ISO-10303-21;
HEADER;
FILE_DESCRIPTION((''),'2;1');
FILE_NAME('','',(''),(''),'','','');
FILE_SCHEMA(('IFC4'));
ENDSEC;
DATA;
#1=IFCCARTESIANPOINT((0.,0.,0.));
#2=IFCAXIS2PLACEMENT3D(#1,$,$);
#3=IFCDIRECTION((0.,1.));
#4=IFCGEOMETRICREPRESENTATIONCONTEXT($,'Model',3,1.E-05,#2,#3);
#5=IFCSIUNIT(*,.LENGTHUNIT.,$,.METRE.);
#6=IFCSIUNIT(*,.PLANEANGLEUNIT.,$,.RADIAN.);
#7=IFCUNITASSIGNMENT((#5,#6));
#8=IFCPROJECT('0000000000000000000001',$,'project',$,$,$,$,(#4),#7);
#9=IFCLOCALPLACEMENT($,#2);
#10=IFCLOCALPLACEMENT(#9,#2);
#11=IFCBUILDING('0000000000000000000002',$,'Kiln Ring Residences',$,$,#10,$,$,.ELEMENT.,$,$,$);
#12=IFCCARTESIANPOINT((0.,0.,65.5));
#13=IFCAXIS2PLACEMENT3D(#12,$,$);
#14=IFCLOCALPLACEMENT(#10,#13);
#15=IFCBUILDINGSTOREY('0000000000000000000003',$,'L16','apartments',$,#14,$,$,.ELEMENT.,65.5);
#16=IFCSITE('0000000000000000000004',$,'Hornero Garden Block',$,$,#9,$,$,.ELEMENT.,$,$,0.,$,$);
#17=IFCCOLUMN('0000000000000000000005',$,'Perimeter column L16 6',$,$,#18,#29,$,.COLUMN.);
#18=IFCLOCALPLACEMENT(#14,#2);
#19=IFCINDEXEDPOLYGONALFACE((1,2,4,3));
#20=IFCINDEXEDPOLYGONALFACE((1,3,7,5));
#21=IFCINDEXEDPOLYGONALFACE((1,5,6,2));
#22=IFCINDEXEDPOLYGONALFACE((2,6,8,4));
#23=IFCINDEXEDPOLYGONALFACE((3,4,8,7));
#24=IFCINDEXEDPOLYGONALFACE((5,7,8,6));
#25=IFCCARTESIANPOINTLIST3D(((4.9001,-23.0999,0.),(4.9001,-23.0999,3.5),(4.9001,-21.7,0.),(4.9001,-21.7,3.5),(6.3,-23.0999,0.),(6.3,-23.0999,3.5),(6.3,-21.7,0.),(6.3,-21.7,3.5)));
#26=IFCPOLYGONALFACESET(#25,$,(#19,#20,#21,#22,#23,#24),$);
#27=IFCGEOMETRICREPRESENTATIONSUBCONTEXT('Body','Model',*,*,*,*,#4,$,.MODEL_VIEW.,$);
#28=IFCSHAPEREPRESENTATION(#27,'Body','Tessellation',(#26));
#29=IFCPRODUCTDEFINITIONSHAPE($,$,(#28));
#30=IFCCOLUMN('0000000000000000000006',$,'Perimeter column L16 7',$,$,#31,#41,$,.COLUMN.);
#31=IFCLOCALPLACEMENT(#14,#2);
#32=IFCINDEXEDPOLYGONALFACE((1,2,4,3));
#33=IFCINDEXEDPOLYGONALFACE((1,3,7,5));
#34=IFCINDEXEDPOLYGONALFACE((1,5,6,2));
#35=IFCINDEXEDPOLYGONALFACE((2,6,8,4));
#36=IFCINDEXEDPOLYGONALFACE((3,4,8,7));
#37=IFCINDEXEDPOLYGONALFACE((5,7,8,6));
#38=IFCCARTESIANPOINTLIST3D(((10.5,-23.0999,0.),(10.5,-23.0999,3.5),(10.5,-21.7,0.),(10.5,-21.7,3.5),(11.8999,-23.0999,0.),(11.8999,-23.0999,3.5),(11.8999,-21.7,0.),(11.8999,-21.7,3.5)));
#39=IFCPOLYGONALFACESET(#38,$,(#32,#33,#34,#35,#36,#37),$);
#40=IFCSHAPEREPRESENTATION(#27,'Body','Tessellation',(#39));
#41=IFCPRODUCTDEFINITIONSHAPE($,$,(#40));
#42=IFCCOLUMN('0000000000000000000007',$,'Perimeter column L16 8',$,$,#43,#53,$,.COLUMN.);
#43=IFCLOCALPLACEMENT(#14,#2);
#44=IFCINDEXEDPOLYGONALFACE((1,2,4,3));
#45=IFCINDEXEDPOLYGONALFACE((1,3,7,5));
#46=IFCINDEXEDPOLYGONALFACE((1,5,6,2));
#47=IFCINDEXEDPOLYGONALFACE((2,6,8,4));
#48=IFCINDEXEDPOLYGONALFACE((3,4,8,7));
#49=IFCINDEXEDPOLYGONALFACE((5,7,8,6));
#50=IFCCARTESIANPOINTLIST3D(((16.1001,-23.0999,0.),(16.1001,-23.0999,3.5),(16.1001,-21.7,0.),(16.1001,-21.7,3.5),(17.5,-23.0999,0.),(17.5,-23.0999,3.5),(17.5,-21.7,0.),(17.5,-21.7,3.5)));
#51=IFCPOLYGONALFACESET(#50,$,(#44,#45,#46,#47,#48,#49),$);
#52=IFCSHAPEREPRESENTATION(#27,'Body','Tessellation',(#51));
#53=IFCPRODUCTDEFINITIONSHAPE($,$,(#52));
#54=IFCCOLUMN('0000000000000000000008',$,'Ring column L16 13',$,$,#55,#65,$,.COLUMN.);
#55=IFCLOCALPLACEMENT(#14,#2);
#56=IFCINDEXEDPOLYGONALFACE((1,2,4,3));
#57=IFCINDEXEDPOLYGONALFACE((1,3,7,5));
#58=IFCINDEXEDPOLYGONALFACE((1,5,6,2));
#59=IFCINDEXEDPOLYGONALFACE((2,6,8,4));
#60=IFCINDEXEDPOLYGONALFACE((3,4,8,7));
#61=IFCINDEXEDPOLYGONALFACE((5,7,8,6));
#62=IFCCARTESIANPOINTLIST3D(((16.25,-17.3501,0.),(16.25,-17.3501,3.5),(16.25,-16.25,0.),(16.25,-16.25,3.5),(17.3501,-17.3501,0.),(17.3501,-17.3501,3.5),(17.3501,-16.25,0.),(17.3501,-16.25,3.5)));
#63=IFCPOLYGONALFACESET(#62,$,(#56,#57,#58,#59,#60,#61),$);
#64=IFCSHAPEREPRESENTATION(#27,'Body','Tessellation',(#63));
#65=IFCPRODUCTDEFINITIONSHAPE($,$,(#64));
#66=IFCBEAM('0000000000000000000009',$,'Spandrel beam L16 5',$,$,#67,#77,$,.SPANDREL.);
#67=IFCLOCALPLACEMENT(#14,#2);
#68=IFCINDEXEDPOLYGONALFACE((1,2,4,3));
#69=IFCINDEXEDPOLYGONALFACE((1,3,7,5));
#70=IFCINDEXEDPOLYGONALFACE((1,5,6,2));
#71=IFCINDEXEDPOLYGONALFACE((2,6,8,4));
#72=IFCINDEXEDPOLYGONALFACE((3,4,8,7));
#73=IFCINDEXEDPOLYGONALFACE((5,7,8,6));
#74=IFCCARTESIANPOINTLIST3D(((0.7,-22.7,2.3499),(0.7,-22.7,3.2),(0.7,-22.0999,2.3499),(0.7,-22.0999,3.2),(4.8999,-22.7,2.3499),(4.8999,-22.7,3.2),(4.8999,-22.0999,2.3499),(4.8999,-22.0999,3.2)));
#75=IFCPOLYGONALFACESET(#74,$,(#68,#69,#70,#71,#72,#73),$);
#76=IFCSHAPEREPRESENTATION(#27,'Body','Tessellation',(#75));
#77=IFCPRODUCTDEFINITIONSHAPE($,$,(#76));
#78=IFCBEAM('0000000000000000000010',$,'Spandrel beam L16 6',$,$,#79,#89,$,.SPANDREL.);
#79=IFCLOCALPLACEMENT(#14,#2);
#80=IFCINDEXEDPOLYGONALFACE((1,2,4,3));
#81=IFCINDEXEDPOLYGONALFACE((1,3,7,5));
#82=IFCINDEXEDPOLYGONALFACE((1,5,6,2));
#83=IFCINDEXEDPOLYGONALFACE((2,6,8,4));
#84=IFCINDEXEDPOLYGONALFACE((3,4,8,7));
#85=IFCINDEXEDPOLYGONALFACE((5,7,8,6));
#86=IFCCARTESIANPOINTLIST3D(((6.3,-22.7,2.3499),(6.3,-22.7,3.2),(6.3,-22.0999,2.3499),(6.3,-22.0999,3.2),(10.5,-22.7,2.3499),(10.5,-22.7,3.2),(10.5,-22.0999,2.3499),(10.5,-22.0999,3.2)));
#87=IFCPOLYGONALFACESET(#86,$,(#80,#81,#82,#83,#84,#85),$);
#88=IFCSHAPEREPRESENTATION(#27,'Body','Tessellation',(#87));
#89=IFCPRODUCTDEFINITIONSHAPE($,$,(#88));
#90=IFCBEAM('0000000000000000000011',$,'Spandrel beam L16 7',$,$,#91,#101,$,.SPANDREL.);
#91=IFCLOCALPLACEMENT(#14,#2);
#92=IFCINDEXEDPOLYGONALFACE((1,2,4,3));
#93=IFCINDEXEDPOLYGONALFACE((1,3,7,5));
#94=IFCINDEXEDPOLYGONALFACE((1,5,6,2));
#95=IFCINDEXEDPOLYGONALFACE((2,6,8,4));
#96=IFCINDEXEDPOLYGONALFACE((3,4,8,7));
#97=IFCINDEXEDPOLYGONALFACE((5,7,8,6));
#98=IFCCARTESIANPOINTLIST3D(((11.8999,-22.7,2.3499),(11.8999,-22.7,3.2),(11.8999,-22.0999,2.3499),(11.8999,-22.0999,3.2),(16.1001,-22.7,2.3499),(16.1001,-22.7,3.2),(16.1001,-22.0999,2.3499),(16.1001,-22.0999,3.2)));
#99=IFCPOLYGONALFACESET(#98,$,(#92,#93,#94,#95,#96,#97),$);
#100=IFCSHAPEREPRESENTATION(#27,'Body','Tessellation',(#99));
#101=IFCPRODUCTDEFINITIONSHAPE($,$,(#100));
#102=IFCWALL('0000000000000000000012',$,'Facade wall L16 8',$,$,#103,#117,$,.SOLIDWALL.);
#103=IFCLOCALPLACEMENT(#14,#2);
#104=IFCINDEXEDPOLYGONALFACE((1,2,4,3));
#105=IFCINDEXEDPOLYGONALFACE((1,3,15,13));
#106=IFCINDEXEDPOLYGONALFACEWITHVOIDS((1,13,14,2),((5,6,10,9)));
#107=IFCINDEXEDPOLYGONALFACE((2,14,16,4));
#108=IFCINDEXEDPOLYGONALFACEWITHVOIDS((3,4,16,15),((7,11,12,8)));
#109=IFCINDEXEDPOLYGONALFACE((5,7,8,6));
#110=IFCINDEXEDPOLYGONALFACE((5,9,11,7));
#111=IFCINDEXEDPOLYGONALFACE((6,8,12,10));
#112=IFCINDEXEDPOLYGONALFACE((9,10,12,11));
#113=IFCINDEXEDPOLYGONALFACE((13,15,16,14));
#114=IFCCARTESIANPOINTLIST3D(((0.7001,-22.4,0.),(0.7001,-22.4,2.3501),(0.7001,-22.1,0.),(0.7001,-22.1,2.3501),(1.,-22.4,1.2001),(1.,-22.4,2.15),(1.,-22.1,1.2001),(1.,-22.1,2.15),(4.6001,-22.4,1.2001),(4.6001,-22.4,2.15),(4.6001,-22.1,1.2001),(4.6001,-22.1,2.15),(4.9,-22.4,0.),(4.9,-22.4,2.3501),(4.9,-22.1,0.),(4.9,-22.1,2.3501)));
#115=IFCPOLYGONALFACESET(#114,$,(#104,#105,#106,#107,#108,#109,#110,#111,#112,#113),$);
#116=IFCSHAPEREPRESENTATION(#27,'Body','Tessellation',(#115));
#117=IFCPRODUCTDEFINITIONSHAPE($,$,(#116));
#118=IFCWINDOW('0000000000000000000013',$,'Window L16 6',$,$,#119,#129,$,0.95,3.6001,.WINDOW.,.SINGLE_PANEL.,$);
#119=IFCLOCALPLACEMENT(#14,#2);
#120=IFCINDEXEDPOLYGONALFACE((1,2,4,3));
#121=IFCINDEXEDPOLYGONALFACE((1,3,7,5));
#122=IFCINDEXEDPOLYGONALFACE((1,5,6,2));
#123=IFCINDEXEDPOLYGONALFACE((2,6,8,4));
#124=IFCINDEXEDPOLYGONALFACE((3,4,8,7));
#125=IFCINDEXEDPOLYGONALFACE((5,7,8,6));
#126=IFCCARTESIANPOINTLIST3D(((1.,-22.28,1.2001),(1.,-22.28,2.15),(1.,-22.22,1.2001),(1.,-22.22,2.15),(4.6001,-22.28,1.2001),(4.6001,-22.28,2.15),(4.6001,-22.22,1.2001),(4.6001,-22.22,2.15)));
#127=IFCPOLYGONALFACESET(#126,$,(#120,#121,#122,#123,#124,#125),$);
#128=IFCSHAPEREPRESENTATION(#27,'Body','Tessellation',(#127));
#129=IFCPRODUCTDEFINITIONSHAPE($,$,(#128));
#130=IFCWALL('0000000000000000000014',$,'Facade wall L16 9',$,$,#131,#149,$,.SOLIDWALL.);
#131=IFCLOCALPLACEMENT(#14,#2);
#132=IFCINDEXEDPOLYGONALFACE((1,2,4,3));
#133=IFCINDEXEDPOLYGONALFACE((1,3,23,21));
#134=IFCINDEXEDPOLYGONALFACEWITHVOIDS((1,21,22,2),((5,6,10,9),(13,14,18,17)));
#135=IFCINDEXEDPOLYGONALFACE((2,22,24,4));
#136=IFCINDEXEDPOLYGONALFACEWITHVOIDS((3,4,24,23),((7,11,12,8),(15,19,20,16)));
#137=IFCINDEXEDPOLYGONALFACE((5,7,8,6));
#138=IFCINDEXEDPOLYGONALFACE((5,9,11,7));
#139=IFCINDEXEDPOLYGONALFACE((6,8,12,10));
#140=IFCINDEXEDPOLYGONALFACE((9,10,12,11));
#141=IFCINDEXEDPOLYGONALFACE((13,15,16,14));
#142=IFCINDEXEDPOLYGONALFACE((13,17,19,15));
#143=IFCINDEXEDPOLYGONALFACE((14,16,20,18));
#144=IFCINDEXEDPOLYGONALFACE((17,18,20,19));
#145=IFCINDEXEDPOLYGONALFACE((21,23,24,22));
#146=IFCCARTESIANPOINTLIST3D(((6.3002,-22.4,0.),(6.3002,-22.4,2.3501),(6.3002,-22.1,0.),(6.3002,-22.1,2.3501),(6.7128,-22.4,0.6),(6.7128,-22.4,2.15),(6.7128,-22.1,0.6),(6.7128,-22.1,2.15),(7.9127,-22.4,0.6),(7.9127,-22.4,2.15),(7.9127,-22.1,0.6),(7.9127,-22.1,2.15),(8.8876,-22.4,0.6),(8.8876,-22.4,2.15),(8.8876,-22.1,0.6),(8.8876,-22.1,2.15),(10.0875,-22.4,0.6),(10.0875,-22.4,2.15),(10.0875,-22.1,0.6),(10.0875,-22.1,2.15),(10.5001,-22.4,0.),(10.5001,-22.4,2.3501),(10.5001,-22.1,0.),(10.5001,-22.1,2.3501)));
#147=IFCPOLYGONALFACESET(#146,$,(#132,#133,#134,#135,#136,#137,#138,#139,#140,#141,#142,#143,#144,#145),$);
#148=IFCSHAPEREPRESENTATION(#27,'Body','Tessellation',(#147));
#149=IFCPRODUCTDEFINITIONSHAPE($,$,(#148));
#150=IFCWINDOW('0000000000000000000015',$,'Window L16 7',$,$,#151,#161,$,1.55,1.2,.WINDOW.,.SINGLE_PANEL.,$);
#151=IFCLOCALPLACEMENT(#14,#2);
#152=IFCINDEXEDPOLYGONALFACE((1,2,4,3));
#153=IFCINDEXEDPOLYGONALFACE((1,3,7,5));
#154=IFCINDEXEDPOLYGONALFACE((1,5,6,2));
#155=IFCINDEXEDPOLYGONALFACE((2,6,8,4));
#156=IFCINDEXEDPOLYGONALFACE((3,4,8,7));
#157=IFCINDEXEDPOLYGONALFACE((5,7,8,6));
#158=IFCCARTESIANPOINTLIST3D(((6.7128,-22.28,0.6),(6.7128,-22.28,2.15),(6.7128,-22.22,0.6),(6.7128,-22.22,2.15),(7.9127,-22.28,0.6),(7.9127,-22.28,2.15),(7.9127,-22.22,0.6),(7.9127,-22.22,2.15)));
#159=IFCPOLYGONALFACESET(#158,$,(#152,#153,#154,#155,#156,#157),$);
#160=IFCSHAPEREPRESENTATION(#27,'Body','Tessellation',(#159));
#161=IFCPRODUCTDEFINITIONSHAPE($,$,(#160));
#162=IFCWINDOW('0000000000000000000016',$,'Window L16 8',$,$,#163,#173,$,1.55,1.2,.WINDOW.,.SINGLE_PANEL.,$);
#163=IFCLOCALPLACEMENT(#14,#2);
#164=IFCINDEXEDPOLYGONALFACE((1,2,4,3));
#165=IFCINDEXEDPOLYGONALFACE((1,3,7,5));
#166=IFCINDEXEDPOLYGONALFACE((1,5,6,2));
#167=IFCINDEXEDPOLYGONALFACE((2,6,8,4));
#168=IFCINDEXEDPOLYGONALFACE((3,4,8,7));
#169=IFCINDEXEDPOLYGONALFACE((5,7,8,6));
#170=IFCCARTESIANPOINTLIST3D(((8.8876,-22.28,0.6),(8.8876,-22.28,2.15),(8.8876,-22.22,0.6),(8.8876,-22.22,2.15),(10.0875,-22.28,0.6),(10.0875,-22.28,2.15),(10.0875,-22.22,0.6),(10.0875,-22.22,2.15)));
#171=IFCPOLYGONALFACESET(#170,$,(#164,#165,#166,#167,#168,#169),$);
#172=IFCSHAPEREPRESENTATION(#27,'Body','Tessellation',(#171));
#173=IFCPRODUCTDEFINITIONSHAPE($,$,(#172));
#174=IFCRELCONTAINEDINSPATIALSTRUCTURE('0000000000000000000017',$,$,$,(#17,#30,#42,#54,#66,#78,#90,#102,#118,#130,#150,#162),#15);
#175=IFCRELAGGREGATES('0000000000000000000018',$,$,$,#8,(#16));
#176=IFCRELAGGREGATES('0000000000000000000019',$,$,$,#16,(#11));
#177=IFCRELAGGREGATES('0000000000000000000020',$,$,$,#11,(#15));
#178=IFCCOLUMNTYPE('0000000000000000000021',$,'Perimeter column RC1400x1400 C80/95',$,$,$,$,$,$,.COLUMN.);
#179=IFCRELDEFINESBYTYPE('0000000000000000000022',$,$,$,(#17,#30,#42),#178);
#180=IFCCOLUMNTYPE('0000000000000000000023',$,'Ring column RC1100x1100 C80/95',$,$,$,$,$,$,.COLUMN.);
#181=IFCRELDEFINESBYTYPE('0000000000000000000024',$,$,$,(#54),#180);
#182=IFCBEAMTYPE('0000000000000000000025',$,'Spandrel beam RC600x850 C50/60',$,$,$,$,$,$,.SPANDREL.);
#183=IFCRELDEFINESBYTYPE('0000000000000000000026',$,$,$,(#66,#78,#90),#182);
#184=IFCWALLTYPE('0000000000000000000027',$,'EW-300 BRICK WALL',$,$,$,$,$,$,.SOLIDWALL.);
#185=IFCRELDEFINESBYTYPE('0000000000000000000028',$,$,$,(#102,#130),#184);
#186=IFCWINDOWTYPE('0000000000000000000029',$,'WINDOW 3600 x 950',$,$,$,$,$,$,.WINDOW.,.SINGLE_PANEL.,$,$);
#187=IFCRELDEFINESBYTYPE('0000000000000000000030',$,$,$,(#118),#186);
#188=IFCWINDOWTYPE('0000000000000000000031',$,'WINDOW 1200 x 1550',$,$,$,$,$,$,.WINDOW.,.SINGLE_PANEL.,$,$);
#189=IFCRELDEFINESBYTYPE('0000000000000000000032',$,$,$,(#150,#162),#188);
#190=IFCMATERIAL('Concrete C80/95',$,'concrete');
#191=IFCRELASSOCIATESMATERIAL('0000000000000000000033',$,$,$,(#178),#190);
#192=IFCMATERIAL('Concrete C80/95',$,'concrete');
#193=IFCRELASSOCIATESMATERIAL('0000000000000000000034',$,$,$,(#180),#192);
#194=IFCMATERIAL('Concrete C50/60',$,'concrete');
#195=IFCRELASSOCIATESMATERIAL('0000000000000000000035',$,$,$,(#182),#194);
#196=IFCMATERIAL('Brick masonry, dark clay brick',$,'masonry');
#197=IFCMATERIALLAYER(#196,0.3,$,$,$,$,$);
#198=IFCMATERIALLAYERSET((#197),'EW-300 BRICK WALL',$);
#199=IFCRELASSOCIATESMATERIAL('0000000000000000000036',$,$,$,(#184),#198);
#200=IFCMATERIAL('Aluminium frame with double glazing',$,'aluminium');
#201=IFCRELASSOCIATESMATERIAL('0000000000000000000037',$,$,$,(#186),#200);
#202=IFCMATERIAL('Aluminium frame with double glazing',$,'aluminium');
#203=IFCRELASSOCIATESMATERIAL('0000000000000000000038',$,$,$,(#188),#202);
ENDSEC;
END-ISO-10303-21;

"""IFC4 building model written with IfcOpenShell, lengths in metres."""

from ifc_helpers import new_model, si_unit, direction, frame, frame_2d, origin, origin_2d, place, context, subcontext, project, spatial, rectangle, extrude, material, layer, layer_set, material_profile, profile_set, type_object, element, fill, save


model = new_model("IFC4")

# Units and contexts
model_context = context("Model", 3, precision=1e-05, world=origin(), true_north=direction((0.0, 1.0)))
body_context = subcontext(model_context, "Body", "Model", "MODEL_VIEW")
ifc_project = project(units=[si_unit("LENGTHUNIT", "METRE"), si_unit("PLANEANGLEUNIT", "RADIAN")], contexts=[model_context])

# Site, building, storey
site_placement = place(None, origin())
site = spatial("IfcSite", under=ifc_project, at=site_placement, Name="Hornero Garden Block", CompositionType="ELEMENT", RefElevation=0.0)
building_placement = place(site_placement, origin())
building = spatial("IfcBuilding", under=site, at=building_placement, Name="Kiln Ring Residences", CompositionType="ELEMENT")
storey_placement = place(building_placement, frame((0.0, 0.0, 65.5)))
storey = spatial("IfcBuildingStorey", under=building, at=storey_placement, Name="L16", Description="apartments", CompositionType="ELEMENT", Elevation=65.5)

# Columns
ifc_material_1 = material(Name="Concrete C80/95", Category="concrete")
ifc_material_profile_1 = material_profile(ifc_material_1, rectangle(XDim=1.3999, YDim=1.3999, at=origin_2d()), Name="RC1400x1400")
ifc_profile_set_1 = profile_set([ifc_material_profile_1], Name="Concrete C80/95")
column_type_1 = type_object("IfcColumnType", Name="Perimeter column RC1400x1400 C80/95", PredefinedType="COLUMN", material=ifc_profile_set_1)
for number, where, z_axis, x_axis, name in (
    (1, (5.6001, -22.3999, 0.0), (0.0, 0.0, 1.0), (1.0, 0.0, 0.0), "Perimeter column L16 6"),
    (2, (11.2, -22.3999, 0.0), (0.0, 0.0, 1.0), (1.0, 0.0, 0.0), "Perimeter column L16 7"),
    (3, (16.8, -22.3999, 0.0), (0.0, 0.0, 1.0), (1.0, 0.0, 0.0), "Perimeter column L16 8"),
):
    element("IfcColumn", number, at=place(storey_placement, frame(where, z_axis=z_axis, x_axis=x_axis)), inside=storey, type_object=column_type_1, Name=name, PredefinedType="COLUMN", context=body_context, shape_type="SweptSolid", body=[
        extrude(rectangle(XDim=1.3999, YDim=1.3999, at=origin_2d()), origin(), (0.0, 0.0, 1.0), 3.5),
    ])
ifc_material_2 = material(Name="Concrete C80/95", Category="concrete")
ifc_material_profile_2 = material_profile(ifc_material_2, rectangle(XDim=1.1001, YDim=1.1001, at=origin_2d()), Name="RC1100x1100")
ifc_profile_set_2 = profile_set([ifc_material_profile_2], Name="Concrete C80/95")
column_type_2 = type_object("IfcColumnType", Name="Ring column RC1100x1100 C80/95", PredefinedType="COLUMN", material=ifc_profile_set_2)
column_placement = place(storey_placement, frame((16.8, -16.8, 0.0), z_axis=(0.0, 0.0, 1.0), x_axis=(1.0, 0.0, 0.0)))
element("IfcColumn", 4, at=column_placement, inside=storey, type_object=column_type_2, Name="Ring column L16 13", PredefinedType="COLUMN", context=body_context, shape_type="SweptSolid", body=[
    extrude(rectangle(XDim=1.1001, YDim=1.1001, at=origin_2d()), origin(), (0.0, 0.0, 1.0), 3.5),
])

# Beams
ifc_material_3 = material(Name="Concrete C50/60", Category="concrete")
ifc_material_profile_3 = material_profile(ifc_material_3, rectangle(XDim=0.6001, YDim=0.8501, at=origin_2d()), Name="RC600x850")
ifc_profile_set_3 = profile_set([ifc_material_profile_3], Name="Concrete C50/60")
beam_type = type_object("IfcBeamType", Name="Spandrel beam RC600x850 C50/60", PredefinedType="SPANDREL", material=ifc_profile_set_3)
for number, where, z_axis, x_axis, name in (
    (5, (0.7, -22.3999, 2.7749), (1.0, 0.0, 0.0), (0.0, 1.0, 0.0), "Spandrel beam L16 5"),
    (6, (6.3, -22.3999, 2.7749), (1.0, 0.0, 0.0), (0.0, 1.0, 0.0), "Spandrel beam L16 6"),
):
    element("IfcBeam", number, at=place(storey_placement, frame(where, z_axis=z_axis, x_axis=x_axis)), inside=storey, type_object=beam_type, Name=name, PredefinedType="SPANDREL", context=body_context, shape_type="SweptSolid", body=[
        extrude(rectangle(XDim=0.6001, YDim=0.8501, at=origin_2d()), origin(), (0.0, 0.0, 1.0), 4.2),
    ])
beam_placement = place(storey_placement, frame((11.8999, -22.3999, 2.7749), z_axis=(1.0, 0.0, 0.0), x_axis=(0.0, 1.0, 0.0)))
element("IfcBeam", 7, at=beam_placement, inside=storey, type_object=beam_type, Name="Spandrel beam L16 7", PredefinedType="SPANDREL", context=body_context, shape_type="SweptSolid", body=[
    extrude(rectangle(XDim=0.6001, YDim=0.8501, at=origin_2d()), origin(), (0.0, 0.0, 1.0), 4.2002),
])

# Wall, opening, window
ifc_material_4 = material(Name="Brick masonry, dark clay brick", Category="masonry")
ifc_layer_1 = layer(ifc_material_4, 0.3)
ifc_layer_set_1 = layer_set([ifc_layer_1], Name="EW-300 BRICK WALL")
wall_type_1 = type_object("IfcWallType", Name="EW-300 BRICK WALL", PredefinedType="SOLIDWALL", material=ifc_layer_set_1)
wall_1_placement = place(storey_placement, frame((0.7, -22.25, 0.0), z_axis=(0.0, 0.0, 1.0), x_axis=(1.0, 0.0, 0.0)))
wall_1 = element("IfcWall", 8, at=wall_1_placement, inside=storey, type_object=wall_type_1, Name="Facade wall L16 8", PredefinedType="SOLIDWALL", context=body_context, shape_type="SweptSolid", body=[
    extrude(rectangle(XDim=4.2, YDim=0.3, at=frame_2d((2.1001, 0.0))), origin(), (0.0, 0.0, 1.0), 2.3501),
])
opening_1_placement = place(wall_1_placement, frame((0.3, 0.0, 1.2)))
opening_1 = element("IfcOpeningElement", 9, at=opening_1_placement, cuts=wall_1, PredefinedType="OPENING", context=body_context, shape_type="SweptSolid", body=[
    extrude(rectangle(XDim=3.6001, YDim=0.95, at=frame_2d((1.8, 0.4751))), frame((0.0, 0.1599, 0.0), z_axis=(0.0, -1.0, 0.0), x_axis=(1.0, 0.0, 0.0)), (0.0, 0.0, 1.0), 0.3201),
])
ifc_material_5 = material(Name="Aluminium frame with double glazing", Category="aluminium")
window_type_1 = type_object("IfcWindowType", Name="WINDOW 3600 x 950", PartitioningType="SINGLE_PANEL", PredefinedType="WINDOW", material=ifc_material_5)
window_1_placement = place(opening_1_placement, origin())
window_1 = element("IfcWindow", 10, at=window_1_placement, inside=storey, type_object=window_type_1, Name="Window L16 6", OverallHeight=0.95, OverallWidth=3.6001, PartitioningType="SINGLE_PANEL", PredefinedType="WINDOW", context=body_context, shape_type="SweptSolid", body=[
    extrude(rectangle(XDim=3.6001, YDim=0.95, at=frame_2d((1.8, 0.4751))), frame((0.0, 0.03, 0.0), z_axis=(0.0, -1.0, 0.0), x_axis=(1.0, 0.0, 0.0)), (0.0, 0.0, 1.0), 0.0601),
])
fill(opening_1, window_1)

# Wall, openings, windows
wall_2_placement = place(storey_placement, frame((6.3, -22.25, 0.0), z_axis=(0.0, 0.0, 1.0), x_axis=(1.0, 0.0, 0.0)))
wall_2 = element("IfcWall", 11, at=wall_2_placement, inside=storey, type_object=wall_type_1, Name="Facade wall L16 9", PredefinedType="SOLIDWALL", context=body_context, shape_type="SweptSolid", body=[
    extrude(rectangle(XDim=4.2, YDim=0.3, at=frame_2d((2.1001, 0.0))), origin(), (0.0, 0.0, 1.0), 2.3501),
])
opening_2_placement = place(wall_2_placement, frame((0.4126, 0.0, 0.6001)))
opening_2 = element("IfcOpeningElement", 12, at=opening_2_placement, cuts=wall_2, PredefinedType="OPENING", context=body_context, shape_type="SweptSolid", body=[
    extrude(rectangle(XDim=1.2, YDim=1.55, at=frame_2d((0.6001, 0.7749))), frame((0.0, 0.1599, 0.0), z_axis=(0.0, -1.0, 0.0), x_axis=(1.0, 0.0, 0.0)), (0.0, 0.0, 1.0), 0.3201),
])
opening_3_placement = place(wall_2_placement, frame((2.5874, 0.0, 0.6001)))
opening_3 = element("IfcOpeningElement", 13, at=opening_3_placement, cuts=wall_2, PredefinedType="OPENING", context=body_context, shape_type="SweptSolid", body=[
    extrude(rectangle(XDim=1.2, YDim=1.55, at=frame_2d((0.6001, 0.7749))), frame((0.0, 0.1599, 0.0), z_axis=(0.0, -1.0, 0.0), x_axis=(1.0, 0.0, 0.0)), (0.0, 0.0, 1.0), 0.3201),
])
ifc_material_6 = material(Name="Aluminium frame with double glazing", Category="aluminium")
window_type_2 = type_object("IfcWindowType", Name="WINDOW 1200 x 1550", PartitioningType="SINGLE_PANEL", PredefinedType="WINDOW", material=ifc_material_6)
window_2_placement = place(opening_2_placement, origin())
window_2 = element("IfcWindow", 14, at=window_2_placement, inside=storey, type_object=window_type_2, Name="Window L16 7", OverallHeight=1.55, OverallWidth=1.2, PartitioningType="SINGLE_PANEL", PredefinedType="WINDOW", context=body_context, shape_type="SweptSolid", body=[
    extrude(rectangle(XDim=1.2, YDim=1.55, at=frame_2d((0.6001, 0.7749))), frame((0.0, 0.03, 0.0), z_axis=(0.0, -1.0, 0.0), x_axis=(1.0, 0.0, 0.0)), (0.0, 0.0, 1.0), 0.0601),
])
fill(opening_2, window_2)
window_3_placement = place(opening_3_placement, origin())
window_3 = element("IfcWindow", 15, at=window_3_placement, inside=storey, type_object=window_type_2, Name="Window L16 8", OverallHeight=1.55, OverallWidth=1.2, PartitioningType="SINGLE_PANEL", PredefinedType="WINDOW", context=body_context, shape_type="SweptSolid", body=[
    extrude(rectangle(XDim=1.2, YDim=1.55, at=frame_2d((0.6001, 0.7749))), frame((0.0, 0.03, 0.0), z_axis=(0.0, -1.0, 0.0), x_axis=(1.0, 0.0, 0.0)), (0.0, 0.0, 1.0), 0.0601),
])
fill(opening_3, window_3)

save(model, "model.ifc")
